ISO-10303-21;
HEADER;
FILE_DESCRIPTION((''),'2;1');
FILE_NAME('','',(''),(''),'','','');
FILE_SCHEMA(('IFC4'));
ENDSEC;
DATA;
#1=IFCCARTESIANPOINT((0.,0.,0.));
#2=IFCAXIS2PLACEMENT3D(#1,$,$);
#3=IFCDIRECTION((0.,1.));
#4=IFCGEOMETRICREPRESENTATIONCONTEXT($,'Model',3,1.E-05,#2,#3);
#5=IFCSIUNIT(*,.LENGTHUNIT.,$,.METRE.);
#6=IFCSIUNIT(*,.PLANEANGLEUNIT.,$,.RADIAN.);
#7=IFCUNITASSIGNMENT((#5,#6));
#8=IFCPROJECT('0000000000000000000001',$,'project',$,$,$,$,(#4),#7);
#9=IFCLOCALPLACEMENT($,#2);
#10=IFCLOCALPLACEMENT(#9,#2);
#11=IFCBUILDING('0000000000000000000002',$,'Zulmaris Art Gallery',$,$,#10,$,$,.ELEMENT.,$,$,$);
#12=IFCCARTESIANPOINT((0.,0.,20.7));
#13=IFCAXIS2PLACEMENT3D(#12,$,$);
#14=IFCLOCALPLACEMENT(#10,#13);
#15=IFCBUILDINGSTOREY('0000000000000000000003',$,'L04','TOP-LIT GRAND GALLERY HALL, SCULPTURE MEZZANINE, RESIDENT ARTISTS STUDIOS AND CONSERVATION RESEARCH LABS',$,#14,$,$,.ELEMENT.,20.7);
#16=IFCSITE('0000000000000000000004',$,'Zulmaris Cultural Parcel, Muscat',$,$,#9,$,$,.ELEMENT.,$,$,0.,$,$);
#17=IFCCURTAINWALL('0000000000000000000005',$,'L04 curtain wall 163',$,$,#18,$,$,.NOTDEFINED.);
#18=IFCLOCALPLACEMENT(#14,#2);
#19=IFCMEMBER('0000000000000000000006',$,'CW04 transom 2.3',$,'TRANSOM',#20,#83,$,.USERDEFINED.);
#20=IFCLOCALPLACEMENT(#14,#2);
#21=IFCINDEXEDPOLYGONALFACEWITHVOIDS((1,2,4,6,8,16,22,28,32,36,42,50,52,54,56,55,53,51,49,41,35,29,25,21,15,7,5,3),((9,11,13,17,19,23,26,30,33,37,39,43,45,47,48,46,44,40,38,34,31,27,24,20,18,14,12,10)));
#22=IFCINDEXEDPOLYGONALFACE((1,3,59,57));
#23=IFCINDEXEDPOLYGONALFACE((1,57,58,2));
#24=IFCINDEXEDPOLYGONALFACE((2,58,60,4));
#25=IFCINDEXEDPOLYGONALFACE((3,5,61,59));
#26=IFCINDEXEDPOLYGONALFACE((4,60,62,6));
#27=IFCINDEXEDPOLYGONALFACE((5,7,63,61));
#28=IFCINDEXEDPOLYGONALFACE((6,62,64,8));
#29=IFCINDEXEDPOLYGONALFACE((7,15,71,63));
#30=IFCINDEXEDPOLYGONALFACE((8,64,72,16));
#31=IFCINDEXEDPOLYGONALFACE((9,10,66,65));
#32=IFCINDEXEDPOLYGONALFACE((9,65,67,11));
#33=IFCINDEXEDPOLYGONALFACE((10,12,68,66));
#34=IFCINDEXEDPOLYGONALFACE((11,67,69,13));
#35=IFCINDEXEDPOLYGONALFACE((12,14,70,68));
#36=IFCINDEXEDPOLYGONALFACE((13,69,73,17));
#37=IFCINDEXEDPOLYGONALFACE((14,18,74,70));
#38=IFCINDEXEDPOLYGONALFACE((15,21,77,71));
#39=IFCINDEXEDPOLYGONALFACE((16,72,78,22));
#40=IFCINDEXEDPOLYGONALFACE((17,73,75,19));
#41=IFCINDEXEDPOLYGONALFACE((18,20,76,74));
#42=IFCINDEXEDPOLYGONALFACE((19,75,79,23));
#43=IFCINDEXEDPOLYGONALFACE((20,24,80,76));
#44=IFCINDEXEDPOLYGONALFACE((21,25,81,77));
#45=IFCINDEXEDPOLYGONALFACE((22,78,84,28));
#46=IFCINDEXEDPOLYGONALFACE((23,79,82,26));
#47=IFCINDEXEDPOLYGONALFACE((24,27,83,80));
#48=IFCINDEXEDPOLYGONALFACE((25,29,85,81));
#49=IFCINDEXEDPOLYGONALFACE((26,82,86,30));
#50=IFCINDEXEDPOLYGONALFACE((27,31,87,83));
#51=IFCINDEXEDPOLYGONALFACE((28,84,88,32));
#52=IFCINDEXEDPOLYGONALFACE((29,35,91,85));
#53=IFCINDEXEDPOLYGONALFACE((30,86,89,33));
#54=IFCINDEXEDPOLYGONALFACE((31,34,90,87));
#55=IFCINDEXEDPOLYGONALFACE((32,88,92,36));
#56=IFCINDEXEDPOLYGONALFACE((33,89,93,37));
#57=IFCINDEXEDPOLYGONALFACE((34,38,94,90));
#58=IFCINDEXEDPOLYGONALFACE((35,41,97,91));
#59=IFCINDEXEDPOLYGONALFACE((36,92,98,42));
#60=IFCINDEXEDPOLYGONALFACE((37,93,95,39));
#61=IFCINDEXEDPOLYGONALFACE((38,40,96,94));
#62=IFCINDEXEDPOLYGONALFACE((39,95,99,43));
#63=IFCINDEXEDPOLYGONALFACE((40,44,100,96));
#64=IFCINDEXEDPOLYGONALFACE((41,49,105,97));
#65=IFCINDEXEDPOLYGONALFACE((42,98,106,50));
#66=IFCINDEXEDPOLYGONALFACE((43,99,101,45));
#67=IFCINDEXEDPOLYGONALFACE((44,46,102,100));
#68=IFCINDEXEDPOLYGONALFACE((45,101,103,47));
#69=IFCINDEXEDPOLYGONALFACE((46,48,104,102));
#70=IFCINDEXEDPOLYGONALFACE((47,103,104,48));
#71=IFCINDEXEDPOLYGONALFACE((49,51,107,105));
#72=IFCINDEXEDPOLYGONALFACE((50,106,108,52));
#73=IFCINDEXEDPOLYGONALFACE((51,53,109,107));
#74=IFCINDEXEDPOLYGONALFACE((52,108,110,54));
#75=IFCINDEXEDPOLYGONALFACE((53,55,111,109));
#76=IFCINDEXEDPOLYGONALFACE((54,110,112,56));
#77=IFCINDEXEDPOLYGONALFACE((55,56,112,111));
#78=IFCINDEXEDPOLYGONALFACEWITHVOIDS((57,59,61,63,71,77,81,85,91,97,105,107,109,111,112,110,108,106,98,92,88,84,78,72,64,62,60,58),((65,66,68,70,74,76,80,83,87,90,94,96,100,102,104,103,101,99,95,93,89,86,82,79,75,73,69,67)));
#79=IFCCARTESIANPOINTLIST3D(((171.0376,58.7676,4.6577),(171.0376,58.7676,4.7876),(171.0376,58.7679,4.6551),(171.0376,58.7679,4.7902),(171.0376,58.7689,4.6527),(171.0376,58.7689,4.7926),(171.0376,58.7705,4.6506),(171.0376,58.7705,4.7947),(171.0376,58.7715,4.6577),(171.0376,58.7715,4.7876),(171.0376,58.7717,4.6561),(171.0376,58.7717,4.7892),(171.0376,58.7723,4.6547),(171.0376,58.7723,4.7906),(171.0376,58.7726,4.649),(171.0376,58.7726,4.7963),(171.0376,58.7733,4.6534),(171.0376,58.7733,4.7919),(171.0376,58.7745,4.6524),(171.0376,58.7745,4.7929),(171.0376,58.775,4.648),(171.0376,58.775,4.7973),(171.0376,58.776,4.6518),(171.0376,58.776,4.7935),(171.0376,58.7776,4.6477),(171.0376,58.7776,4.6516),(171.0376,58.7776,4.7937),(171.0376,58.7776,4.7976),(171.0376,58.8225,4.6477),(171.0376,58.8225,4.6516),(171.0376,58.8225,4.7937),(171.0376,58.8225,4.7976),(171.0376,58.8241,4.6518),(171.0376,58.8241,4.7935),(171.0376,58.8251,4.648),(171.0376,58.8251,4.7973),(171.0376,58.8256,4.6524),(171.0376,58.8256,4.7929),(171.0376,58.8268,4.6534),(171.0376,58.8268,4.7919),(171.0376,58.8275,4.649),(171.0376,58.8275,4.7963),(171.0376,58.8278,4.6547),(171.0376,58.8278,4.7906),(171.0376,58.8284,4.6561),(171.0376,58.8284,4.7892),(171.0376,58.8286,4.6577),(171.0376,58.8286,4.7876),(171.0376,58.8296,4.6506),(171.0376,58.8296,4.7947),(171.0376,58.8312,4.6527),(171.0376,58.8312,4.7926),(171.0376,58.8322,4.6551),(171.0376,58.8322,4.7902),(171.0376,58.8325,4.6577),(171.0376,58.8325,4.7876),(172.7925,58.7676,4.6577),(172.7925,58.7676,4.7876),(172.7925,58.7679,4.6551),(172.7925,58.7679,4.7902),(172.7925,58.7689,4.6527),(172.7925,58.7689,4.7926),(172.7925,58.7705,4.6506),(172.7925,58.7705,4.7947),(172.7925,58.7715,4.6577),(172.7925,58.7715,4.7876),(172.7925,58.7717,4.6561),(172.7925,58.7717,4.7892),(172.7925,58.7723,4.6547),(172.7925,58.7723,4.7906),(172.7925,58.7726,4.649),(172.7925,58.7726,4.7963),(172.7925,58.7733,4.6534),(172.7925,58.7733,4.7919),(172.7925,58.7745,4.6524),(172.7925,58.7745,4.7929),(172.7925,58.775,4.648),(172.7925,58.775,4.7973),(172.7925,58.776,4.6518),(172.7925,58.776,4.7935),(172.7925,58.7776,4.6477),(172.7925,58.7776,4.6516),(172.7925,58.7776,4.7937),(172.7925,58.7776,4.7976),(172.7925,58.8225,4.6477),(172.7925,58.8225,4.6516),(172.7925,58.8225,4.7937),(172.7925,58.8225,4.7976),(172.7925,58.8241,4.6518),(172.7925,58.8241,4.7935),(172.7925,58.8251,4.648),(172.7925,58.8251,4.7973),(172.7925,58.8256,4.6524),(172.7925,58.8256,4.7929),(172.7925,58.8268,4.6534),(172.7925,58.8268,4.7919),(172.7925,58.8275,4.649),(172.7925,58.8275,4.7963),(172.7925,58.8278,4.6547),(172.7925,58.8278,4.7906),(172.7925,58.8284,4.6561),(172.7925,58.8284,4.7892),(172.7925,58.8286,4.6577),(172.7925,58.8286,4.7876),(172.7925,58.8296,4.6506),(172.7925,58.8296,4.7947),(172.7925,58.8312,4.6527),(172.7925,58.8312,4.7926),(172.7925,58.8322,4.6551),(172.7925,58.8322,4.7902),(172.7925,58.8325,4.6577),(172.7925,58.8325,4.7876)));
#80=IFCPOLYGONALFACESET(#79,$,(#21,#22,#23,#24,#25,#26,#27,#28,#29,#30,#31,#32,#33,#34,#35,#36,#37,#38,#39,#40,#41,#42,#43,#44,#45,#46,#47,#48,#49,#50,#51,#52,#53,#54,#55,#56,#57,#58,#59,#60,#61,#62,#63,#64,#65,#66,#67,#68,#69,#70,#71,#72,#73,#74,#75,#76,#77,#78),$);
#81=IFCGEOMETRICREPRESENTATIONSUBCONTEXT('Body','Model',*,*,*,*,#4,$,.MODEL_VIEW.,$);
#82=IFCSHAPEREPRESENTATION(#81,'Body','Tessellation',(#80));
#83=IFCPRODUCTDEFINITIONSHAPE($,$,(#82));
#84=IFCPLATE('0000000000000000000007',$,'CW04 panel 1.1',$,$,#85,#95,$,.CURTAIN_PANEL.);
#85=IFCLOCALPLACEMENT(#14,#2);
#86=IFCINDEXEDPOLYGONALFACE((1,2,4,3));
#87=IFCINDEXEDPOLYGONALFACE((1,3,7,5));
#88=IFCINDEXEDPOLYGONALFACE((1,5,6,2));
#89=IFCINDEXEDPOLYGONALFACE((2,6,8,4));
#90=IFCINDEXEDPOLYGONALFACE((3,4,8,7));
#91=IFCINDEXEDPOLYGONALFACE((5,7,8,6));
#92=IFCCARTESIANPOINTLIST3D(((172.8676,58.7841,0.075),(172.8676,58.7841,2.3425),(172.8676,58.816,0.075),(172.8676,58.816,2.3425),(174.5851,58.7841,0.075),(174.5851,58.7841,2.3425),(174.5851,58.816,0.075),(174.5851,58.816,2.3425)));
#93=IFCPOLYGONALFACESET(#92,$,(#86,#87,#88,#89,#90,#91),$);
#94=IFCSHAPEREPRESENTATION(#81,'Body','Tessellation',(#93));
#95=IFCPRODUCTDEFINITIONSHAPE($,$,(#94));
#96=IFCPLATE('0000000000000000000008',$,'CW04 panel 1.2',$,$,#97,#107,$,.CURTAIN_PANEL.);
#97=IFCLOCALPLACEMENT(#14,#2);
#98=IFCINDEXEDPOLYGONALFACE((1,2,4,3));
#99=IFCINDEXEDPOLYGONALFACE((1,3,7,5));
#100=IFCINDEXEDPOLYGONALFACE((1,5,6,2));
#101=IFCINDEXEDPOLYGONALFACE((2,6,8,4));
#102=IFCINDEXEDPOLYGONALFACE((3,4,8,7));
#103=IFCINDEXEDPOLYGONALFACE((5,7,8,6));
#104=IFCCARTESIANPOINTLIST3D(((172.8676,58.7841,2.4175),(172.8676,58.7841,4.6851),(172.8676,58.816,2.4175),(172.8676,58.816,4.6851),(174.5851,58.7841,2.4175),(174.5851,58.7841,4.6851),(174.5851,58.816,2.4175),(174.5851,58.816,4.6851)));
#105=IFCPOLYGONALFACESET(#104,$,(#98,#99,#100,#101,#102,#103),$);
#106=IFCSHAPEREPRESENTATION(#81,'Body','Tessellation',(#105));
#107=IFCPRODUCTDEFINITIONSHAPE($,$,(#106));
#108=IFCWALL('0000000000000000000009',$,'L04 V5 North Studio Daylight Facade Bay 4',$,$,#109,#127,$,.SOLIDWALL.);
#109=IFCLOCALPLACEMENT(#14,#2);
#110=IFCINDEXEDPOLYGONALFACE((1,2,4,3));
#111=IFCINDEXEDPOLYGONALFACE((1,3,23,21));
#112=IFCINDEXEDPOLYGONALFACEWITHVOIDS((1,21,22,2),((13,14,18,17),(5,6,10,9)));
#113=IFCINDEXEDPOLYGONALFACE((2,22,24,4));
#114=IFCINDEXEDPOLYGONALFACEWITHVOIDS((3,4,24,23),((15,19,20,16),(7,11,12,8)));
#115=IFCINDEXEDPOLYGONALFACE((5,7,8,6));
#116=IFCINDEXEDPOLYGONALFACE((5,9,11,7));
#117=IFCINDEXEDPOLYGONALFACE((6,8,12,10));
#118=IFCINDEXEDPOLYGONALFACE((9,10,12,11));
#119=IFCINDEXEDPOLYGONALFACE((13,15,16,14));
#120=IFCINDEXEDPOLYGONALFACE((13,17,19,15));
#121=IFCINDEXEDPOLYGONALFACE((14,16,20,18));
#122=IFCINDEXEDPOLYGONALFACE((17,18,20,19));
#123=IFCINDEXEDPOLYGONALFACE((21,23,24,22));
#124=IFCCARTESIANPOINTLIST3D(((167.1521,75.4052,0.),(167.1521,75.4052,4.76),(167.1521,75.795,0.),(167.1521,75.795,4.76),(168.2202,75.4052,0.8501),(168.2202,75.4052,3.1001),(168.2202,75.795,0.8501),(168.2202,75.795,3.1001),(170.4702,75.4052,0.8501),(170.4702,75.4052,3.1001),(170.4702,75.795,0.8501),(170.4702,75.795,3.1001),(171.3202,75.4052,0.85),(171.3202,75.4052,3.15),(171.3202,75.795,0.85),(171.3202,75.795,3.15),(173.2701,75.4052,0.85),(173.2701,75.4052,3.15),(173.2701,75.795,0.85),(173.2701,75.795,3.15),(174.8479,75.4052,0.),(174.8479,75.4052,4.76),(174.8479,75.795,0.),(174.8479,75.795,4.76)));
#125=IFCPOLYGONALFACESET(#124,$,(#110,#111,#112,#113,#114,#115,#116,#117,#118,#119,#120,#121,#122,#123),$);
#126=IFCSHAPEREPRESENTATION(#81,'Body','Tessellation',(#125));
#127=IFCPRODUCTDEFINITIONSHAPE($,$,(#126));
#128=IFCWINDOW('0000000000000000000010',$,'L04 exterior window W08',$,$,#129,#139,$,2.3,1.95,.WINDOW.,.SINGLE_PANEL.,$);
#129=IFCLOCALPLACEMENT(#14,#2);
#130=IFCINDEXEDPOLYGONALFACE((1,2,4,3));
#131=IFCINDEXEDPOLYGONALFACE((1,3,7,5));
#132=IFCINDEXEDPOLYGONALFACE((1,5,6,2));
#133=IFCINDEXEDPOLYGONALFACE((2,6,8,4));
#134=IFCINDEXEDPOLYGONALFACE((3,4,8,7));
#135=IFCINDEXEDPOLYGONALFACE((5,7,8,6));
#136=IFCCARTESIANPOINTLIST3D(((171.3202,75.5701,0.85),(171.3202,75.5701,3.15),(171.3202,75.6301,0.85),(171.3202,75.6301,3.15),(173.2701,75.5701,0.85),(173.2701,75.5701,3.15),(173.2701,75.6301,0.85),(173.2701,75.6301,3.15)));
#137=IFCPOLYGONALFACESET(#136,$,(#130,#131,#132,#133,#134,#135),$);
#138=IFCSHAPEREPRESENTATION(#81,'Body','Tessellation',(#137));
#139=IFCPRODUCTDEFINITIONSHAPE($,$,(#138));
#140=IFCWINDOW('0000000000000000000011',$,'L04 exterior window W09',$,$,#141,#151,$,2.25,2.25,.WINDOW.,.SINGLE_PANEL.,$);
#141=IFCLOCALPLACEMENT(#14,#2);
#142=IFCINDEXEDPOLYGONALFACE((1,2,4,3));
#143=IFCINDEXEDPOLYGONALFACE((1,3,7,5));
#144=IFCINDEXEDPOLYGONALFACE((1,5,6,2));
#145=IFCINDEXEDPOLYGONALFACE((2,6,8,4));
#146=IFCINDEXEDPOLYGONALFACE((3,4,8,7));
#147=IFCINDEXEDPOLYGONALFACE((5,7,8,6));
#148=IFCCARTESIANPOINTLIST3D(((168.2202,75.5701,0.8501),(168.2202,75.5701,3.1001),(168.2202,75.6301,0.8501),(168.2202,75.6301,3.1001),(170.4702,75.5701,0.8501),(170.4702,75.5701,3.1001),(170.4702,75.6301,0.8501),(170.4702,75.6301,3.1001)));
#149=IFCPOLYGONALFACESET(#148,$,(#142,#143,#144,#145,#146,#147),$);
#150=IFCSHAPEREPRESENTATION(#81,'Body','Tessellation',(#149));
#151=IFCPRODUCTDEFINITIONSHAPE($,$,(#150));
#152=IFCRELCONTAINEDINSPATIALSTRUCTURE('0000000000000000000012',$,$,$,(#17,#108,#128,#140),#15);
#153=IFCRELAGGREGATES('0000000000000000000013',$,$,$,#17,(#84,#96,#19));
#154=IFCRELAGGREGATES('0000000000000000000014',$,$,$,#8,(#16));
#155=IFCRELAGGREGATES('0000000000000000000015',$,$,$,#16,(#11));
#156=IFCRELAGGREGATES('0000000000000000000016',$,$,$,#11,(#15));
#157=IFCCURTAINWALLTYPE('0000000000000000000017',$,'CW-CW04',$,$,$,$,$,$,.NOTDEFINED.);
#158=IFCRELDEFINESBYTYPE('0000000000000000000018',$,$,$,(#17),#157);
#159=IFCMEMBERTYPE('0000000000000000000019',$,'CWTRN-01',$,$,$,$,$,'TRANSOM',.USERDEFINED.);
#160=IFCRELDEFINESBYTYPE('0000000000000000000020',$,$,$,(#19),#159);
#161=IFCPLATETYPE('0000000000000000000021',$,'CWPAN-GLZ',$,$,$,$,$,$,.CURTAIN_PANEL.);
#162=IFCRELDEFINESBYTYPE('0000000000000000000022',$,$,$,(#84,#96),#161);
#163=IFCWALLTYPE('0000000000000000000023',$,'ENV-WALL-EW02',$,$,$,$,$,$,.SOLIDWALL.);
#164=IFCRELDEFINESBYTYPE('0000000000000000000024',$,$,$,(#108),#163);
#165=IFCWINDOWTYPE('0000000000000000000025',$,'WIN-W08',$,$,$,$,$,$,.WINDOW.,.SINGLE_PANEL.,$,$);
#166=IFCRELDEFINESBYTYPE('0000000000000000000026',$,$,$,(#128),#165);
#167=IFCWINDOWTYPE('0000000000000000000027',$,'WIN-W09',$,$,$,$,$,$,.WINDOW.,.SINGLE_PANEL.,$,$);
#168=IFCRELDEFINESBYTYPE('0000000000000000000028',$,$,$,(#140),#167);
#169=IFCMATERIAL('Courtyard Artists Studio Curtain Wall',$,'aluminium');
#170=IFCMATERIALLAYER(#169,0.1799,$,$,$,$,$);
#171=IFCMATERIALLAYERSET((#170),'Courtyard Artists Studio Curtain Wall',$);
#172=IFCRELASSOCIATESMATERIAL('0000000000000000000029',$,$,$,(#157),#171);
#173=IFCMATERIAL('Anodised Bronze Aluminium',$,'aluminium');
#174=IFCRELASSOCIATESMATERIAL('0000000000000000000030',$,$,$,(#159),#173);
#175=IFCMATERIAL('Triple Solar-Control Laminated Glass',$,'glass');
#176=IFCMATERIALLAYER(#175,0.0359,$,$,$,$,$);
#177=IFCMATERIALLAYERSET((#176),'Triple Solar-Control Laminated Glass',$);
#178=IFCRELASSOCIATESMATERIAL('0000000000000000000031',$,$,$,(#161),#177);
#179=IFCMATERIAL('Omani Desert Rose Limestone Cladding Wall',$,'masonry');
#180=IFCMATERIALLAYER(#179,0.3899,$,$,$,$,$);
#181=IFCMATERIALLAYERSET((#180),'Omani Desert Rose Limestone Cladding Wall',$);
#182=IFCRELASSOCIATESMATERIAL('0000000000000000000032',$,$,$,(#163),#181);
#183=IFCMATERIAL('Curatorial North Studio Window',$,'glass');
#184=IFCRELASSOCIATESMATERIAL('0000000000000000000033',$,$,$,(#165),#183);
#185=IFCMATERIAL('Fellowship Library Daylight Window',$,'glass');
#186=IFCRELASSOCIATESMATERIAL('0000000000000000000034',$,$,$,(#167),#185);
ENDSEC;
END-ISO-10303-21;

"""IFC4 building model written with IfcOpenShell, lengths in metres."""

from ifc_helpers import new_model, si_unit, direction, frame, frame_2d, origin, origin_2d, place, context, subcontext, project, spatial, rectangle, hollow_rectangle, extrude, material, layer, layer_set, material_profile, profile_set, type_object, element, fill, aggregate, save


model = new_model("IFC4")

# Units and contexts
model_context = context("Model", 3, precision=1e-05, world=origin(), true_north=direction((0.0, 1.0)))
body_context = subcontext(model_context, "Body", "Model", "MODEL_VIEW")
ifc_project = project(units=[si_unit("LENGTHUNIT", "METRE"), si_unit("PLANEANGLEUNIT", "RADIAN")], contexts=[model_context])

# Site, building, storey
site_placement = place(None, origin())
site = spatial("IfcSite", under=ifc_project, at=site_placement, Name="Zulmaris Cultural Parcel, Muscat", CompositionType="ELEMENT", RefElevation=0.0)
building_placement = place(site_placement, origin())
building = spatial("IfcBuilding", under=site, at=building_placement, Name="Zulmaris Art Gallery", CompositionType="ELEMENT")
storey_placement = place(building_placement, frame((0.0, 0.0, 20.7)))
storey = spatial("IfcBuildingStorey", under=building, at=storey_placement, Name="L04", Description="TOP-LIT GRAND GALLERY HALL, SCULPTURE MEZZANINE, RESIDENT ARTISTS STUDIOS AND CONSERVATION RESEARCH LABS", CompositionType="ELEMENT", Elevation=20.7)

# Curtain wall, member, plates
ifc_material_1 = material(Name="Courtyard Artists Studio Curtain Wall", Category="aluminium")
ifc_layer_1 = layer(ifc_material_1, 0.1799)
ifc_layer_set_1 = layer_set([ifc_layer_1], Name="Courtyard Artists Studio Curtain Wall")
curtain_wall_type = type_object("IfcCurtainWallType", Name="CW-CW04", PredefinedType="NOTDEFINED", material=ifc_layer_set_1)
curtain_wall_placement = place(storey_placement, origin())
curtain_wall = element("IfcCurtainWall", 1, at=curtain_wall_placement, inside=storey, type_object=curtain_wall_type, Name="L04 curtain wall 163", PredefinedType="NOTDEFINED")
ifc_material_2 = material(Name="Anodised Bronze Aluminium", Category="aluminium")
ifc_material_profile_1 = material_profile(ifc_material_2, hollow_rectangle(XDim=0.0649, YDim=0.1499, WallThickness=0.0039, InnerFilletRadius=0.0061, OuterFilletRadius=0.01, at=origin_2d()), Name="ALU 65x150x4")
ifc_profile_set_1 = profile_set([ifc_material_profile_1], Name="Anodised Bronze Aluminium")
member_type_1 = type_object("IfcMemberType", Name="CWTRN-01", ElementType="TRANSOM", PredefinedType="USERDEFINED", material=ifc_profile_set_1)
member_1_placement = place(storey_placement, frame((172.7925, 58.8, 4.7227), z_axis=(-1.0, 0.0, 0.0), x_axis=(0.0, -1.0, 0.0)))
member_1 = element("IfcMember", 2, at=member_1_placement, type_object=member_type_1, Name="CW04 transom 2.3", ObjectType="TRANSOM", PredefinedType="USERDEFINED", context=body_context, shape_type="SweptSolid", body=[
    extrude(hollow_rectangle(XDim=0.0649, YDim=0.1499, WallThickness=0.0039, InnerFilletRadius=0.0061, OuterFilletRadius=0.01, at=origin_2d()), origin(), (0.0, 0.0, 1.0), 1.7549),
])
ifc_material_3 = material(Name="Triple Solar-Control Laminated Glass", Category="glass")
ifc_layer_2 = layer(ifc_material_3, 0.0359)
ifc_layer_set_2 = layer_set([ifc_layer_2], Name="Triple Solar-Control Laminated Glass")
plate_type = type_object("IfcPlateType", Name="CWPAN-GLZ", PredefinedType="CURTAIN_PANEL", material=ifc_layer_set_2)
plate_1_placement = place(storey_placement, frame((173.7263, 58.8, 0.075), z_axis=(0.0, 0.0, 1.0), x_axis=(-1.0, 0.0, 0.0)))
plate_1 = element("IfcPlate", 3, at=plate_1_placement, type_object=plate_type, Name="CW04 panel 1.1", PredefinedType="CURTAIN_PANEL", context=body_context, shape_type="SweptSolid", body=[
    extrude(rectangle(XDim=1.7175, YDim=0.032, at=origin_2d()), origin(), (0.0, 0.0, 1.0), 2.2676),
])
plate_2_placement = place(storey_placement, frame((173.7263, 58.8, 2.4175), z_axis=(0.0, 0.0, 1.0), x_axis=(-1.0, 0.0, 0.0)))
plate_2 = element("IfcPlate", 4, at=plate_2_placement, type_object=plate_type, Name="CW04 panel 1.2", PredefinedType="CURTAIN_PANEL", context=body_context, shape_type="SweptSolid", body=[
    extrude(rectangle(XDim=1.7175, YDim=0.032, at=origin_2d()), origin(), (0.0, 0.0, 1.0), 2.2676),
])
aggregate(curtain_wall, [plate_1, plate_2, member_1])

# Wall, openings, windows
ifc_material_4 = material(Name="Omani Desert Rose Limestone Cladding Wall", Category="masonry")
ifc_layer_3 = layer(ifc_material_4, 0.3899)
ifc_layer_set_3 = layer_set([ifc_layer_3], Name="Omani Desert Rose Limestone Cladding Wall")
wall_type_1 = type_object("IfcWallType", Name="ENV-WALL-EW02", PredefinedType="SOLIDWALL", material=ifc_layer_set_3)
wall_1_placement = place(storey_placement, frame((167.1521, 75.6001, 0.0), z_axis=(0.0, 0.0, 1.0), x_axis=(1.0, 0.0, 0.0)))
wall_1 = element("IfcWall", 5, at=wall_1_placement, inside=storey, type_object=wall_type_1, Name="L04 V5 North Studio Daylight Facade Bay 4", PredefinedType="SOLIDWALL", context=body_context, shape_type="SweptSolid", body=[
    extrude(rectangle(XDim=7.6958, YDim=0.3899, at=frame_2d((3.8479, 0.0))), origin(), (0.0, 0.0, 1.0), 4.76),
])
opening_1_placement = place(wall_1_placement, frame((1.0681, 0.0, 0.8501)))
opening_1 = element("IfcOpeningElement", 6, at=opening_1_placement, cuts=wall_1, PredefinedType="OPENING", context=body_context, shape_type="SweptSolid", body=[
    extrude(rectangle(XDim=2.25, YDim=2.25, at=frame_2d((1.125, 1.125))), frame((0.0, 0.2048, 0.0), z_axis=(0.0, -1.0, 0.0), x_axis=(1.0, 0.0, 0.0)), (0.0, 0.0, 1.0), 0.4099),
])
opening_2_placement = place(wall_1_placement, frame((4.168, 0.0, 0.8501)))
opening_2 = element("IfcOpeningElement", 7, at=opening_2_placement, cuts=wall_1, PredefinedType="OPENING", context=body_context, shape_type="SweptSolid", body=[
    extrude(rectangle(XDim=1.95, YDim=2.3, at=frame_2d((0.9751, 1.1499))), frame((0.0, 0.2048, 0.0), z_axis=(0.0, -1.0, 0.0), x_axis=(1.0, 0.0, 0.0)), (0.0, 0.0, 1.0), 0.4099),
])
ifc_material_5 = material(Name="Curatorial North Studio Window", Category="glass")
window_type_1 = type_object("IfcWindowType", Name="WIN-W08", PartitioningType="SINGLE_PANEL", PredefinedType="WINDOW", material=ifc_material_5)
window_1_placement = place(opening_2_placement, origin())
window_1 = element("IfcWindow", 8, at=window_1_placement, inside=storey, type_object=window_type_1, Name="L04 exterior window W08", OverallHeight=2.3, OverallWidth=1.95, PartitioningType="SINGLE_PANEL", PredefinedType="WINDOW", context=body_context, shape_type="SweptSolid", body=[
    extrude(rectangle(XDim=1.95, YDim=2.3, at=frame_2d((0.9751, 1.1499))), frame((0.0, 0.03, 0.0), z_axis=(0.0, -1.0, 0.0), x_axis=(1.0, 0.0, 0.0)), (0.0, 0.0, 1.0), 0.0601),
])
fill(opening_2, window_1)
ifc_material_6 = material(Name="Fellowship Library Daylight Window", Category="glass")
window_type_2 = type_object("IfcWindowType", Name="WIN-W09", PartitioningType="SINGLE_PANEL", PredefinedType="WINDOW", material=ifc_material_6)
window_2_placement = place(opening_1_placement, origin())
window_2 = element("IfcWindow", 9, at=window_2_placement, inside=storey, type_object=window_type_2, Name="L04 exterior window W09", OverallHeight=2.25, OverallWidth=2.25, PartitioningType="SINGLE_PANEL", PredefinedType="WINDOW", context=body_context, shape_type="SweptSolid", body=[
    extrude(rectangle(XDim=2.25, YDim=2.25, at=frame_2d((1.125, 1.125))), frame((0.0, 0.03, 0.0), z_axis=(0.0, -1.0, 0.0), x_axis=(1.0, 0.0, 0.0)), (0.0, 0.0, 1.0), 0.0601),
])
fill(opening_1, window_2)

save(model, "model.ifc")
